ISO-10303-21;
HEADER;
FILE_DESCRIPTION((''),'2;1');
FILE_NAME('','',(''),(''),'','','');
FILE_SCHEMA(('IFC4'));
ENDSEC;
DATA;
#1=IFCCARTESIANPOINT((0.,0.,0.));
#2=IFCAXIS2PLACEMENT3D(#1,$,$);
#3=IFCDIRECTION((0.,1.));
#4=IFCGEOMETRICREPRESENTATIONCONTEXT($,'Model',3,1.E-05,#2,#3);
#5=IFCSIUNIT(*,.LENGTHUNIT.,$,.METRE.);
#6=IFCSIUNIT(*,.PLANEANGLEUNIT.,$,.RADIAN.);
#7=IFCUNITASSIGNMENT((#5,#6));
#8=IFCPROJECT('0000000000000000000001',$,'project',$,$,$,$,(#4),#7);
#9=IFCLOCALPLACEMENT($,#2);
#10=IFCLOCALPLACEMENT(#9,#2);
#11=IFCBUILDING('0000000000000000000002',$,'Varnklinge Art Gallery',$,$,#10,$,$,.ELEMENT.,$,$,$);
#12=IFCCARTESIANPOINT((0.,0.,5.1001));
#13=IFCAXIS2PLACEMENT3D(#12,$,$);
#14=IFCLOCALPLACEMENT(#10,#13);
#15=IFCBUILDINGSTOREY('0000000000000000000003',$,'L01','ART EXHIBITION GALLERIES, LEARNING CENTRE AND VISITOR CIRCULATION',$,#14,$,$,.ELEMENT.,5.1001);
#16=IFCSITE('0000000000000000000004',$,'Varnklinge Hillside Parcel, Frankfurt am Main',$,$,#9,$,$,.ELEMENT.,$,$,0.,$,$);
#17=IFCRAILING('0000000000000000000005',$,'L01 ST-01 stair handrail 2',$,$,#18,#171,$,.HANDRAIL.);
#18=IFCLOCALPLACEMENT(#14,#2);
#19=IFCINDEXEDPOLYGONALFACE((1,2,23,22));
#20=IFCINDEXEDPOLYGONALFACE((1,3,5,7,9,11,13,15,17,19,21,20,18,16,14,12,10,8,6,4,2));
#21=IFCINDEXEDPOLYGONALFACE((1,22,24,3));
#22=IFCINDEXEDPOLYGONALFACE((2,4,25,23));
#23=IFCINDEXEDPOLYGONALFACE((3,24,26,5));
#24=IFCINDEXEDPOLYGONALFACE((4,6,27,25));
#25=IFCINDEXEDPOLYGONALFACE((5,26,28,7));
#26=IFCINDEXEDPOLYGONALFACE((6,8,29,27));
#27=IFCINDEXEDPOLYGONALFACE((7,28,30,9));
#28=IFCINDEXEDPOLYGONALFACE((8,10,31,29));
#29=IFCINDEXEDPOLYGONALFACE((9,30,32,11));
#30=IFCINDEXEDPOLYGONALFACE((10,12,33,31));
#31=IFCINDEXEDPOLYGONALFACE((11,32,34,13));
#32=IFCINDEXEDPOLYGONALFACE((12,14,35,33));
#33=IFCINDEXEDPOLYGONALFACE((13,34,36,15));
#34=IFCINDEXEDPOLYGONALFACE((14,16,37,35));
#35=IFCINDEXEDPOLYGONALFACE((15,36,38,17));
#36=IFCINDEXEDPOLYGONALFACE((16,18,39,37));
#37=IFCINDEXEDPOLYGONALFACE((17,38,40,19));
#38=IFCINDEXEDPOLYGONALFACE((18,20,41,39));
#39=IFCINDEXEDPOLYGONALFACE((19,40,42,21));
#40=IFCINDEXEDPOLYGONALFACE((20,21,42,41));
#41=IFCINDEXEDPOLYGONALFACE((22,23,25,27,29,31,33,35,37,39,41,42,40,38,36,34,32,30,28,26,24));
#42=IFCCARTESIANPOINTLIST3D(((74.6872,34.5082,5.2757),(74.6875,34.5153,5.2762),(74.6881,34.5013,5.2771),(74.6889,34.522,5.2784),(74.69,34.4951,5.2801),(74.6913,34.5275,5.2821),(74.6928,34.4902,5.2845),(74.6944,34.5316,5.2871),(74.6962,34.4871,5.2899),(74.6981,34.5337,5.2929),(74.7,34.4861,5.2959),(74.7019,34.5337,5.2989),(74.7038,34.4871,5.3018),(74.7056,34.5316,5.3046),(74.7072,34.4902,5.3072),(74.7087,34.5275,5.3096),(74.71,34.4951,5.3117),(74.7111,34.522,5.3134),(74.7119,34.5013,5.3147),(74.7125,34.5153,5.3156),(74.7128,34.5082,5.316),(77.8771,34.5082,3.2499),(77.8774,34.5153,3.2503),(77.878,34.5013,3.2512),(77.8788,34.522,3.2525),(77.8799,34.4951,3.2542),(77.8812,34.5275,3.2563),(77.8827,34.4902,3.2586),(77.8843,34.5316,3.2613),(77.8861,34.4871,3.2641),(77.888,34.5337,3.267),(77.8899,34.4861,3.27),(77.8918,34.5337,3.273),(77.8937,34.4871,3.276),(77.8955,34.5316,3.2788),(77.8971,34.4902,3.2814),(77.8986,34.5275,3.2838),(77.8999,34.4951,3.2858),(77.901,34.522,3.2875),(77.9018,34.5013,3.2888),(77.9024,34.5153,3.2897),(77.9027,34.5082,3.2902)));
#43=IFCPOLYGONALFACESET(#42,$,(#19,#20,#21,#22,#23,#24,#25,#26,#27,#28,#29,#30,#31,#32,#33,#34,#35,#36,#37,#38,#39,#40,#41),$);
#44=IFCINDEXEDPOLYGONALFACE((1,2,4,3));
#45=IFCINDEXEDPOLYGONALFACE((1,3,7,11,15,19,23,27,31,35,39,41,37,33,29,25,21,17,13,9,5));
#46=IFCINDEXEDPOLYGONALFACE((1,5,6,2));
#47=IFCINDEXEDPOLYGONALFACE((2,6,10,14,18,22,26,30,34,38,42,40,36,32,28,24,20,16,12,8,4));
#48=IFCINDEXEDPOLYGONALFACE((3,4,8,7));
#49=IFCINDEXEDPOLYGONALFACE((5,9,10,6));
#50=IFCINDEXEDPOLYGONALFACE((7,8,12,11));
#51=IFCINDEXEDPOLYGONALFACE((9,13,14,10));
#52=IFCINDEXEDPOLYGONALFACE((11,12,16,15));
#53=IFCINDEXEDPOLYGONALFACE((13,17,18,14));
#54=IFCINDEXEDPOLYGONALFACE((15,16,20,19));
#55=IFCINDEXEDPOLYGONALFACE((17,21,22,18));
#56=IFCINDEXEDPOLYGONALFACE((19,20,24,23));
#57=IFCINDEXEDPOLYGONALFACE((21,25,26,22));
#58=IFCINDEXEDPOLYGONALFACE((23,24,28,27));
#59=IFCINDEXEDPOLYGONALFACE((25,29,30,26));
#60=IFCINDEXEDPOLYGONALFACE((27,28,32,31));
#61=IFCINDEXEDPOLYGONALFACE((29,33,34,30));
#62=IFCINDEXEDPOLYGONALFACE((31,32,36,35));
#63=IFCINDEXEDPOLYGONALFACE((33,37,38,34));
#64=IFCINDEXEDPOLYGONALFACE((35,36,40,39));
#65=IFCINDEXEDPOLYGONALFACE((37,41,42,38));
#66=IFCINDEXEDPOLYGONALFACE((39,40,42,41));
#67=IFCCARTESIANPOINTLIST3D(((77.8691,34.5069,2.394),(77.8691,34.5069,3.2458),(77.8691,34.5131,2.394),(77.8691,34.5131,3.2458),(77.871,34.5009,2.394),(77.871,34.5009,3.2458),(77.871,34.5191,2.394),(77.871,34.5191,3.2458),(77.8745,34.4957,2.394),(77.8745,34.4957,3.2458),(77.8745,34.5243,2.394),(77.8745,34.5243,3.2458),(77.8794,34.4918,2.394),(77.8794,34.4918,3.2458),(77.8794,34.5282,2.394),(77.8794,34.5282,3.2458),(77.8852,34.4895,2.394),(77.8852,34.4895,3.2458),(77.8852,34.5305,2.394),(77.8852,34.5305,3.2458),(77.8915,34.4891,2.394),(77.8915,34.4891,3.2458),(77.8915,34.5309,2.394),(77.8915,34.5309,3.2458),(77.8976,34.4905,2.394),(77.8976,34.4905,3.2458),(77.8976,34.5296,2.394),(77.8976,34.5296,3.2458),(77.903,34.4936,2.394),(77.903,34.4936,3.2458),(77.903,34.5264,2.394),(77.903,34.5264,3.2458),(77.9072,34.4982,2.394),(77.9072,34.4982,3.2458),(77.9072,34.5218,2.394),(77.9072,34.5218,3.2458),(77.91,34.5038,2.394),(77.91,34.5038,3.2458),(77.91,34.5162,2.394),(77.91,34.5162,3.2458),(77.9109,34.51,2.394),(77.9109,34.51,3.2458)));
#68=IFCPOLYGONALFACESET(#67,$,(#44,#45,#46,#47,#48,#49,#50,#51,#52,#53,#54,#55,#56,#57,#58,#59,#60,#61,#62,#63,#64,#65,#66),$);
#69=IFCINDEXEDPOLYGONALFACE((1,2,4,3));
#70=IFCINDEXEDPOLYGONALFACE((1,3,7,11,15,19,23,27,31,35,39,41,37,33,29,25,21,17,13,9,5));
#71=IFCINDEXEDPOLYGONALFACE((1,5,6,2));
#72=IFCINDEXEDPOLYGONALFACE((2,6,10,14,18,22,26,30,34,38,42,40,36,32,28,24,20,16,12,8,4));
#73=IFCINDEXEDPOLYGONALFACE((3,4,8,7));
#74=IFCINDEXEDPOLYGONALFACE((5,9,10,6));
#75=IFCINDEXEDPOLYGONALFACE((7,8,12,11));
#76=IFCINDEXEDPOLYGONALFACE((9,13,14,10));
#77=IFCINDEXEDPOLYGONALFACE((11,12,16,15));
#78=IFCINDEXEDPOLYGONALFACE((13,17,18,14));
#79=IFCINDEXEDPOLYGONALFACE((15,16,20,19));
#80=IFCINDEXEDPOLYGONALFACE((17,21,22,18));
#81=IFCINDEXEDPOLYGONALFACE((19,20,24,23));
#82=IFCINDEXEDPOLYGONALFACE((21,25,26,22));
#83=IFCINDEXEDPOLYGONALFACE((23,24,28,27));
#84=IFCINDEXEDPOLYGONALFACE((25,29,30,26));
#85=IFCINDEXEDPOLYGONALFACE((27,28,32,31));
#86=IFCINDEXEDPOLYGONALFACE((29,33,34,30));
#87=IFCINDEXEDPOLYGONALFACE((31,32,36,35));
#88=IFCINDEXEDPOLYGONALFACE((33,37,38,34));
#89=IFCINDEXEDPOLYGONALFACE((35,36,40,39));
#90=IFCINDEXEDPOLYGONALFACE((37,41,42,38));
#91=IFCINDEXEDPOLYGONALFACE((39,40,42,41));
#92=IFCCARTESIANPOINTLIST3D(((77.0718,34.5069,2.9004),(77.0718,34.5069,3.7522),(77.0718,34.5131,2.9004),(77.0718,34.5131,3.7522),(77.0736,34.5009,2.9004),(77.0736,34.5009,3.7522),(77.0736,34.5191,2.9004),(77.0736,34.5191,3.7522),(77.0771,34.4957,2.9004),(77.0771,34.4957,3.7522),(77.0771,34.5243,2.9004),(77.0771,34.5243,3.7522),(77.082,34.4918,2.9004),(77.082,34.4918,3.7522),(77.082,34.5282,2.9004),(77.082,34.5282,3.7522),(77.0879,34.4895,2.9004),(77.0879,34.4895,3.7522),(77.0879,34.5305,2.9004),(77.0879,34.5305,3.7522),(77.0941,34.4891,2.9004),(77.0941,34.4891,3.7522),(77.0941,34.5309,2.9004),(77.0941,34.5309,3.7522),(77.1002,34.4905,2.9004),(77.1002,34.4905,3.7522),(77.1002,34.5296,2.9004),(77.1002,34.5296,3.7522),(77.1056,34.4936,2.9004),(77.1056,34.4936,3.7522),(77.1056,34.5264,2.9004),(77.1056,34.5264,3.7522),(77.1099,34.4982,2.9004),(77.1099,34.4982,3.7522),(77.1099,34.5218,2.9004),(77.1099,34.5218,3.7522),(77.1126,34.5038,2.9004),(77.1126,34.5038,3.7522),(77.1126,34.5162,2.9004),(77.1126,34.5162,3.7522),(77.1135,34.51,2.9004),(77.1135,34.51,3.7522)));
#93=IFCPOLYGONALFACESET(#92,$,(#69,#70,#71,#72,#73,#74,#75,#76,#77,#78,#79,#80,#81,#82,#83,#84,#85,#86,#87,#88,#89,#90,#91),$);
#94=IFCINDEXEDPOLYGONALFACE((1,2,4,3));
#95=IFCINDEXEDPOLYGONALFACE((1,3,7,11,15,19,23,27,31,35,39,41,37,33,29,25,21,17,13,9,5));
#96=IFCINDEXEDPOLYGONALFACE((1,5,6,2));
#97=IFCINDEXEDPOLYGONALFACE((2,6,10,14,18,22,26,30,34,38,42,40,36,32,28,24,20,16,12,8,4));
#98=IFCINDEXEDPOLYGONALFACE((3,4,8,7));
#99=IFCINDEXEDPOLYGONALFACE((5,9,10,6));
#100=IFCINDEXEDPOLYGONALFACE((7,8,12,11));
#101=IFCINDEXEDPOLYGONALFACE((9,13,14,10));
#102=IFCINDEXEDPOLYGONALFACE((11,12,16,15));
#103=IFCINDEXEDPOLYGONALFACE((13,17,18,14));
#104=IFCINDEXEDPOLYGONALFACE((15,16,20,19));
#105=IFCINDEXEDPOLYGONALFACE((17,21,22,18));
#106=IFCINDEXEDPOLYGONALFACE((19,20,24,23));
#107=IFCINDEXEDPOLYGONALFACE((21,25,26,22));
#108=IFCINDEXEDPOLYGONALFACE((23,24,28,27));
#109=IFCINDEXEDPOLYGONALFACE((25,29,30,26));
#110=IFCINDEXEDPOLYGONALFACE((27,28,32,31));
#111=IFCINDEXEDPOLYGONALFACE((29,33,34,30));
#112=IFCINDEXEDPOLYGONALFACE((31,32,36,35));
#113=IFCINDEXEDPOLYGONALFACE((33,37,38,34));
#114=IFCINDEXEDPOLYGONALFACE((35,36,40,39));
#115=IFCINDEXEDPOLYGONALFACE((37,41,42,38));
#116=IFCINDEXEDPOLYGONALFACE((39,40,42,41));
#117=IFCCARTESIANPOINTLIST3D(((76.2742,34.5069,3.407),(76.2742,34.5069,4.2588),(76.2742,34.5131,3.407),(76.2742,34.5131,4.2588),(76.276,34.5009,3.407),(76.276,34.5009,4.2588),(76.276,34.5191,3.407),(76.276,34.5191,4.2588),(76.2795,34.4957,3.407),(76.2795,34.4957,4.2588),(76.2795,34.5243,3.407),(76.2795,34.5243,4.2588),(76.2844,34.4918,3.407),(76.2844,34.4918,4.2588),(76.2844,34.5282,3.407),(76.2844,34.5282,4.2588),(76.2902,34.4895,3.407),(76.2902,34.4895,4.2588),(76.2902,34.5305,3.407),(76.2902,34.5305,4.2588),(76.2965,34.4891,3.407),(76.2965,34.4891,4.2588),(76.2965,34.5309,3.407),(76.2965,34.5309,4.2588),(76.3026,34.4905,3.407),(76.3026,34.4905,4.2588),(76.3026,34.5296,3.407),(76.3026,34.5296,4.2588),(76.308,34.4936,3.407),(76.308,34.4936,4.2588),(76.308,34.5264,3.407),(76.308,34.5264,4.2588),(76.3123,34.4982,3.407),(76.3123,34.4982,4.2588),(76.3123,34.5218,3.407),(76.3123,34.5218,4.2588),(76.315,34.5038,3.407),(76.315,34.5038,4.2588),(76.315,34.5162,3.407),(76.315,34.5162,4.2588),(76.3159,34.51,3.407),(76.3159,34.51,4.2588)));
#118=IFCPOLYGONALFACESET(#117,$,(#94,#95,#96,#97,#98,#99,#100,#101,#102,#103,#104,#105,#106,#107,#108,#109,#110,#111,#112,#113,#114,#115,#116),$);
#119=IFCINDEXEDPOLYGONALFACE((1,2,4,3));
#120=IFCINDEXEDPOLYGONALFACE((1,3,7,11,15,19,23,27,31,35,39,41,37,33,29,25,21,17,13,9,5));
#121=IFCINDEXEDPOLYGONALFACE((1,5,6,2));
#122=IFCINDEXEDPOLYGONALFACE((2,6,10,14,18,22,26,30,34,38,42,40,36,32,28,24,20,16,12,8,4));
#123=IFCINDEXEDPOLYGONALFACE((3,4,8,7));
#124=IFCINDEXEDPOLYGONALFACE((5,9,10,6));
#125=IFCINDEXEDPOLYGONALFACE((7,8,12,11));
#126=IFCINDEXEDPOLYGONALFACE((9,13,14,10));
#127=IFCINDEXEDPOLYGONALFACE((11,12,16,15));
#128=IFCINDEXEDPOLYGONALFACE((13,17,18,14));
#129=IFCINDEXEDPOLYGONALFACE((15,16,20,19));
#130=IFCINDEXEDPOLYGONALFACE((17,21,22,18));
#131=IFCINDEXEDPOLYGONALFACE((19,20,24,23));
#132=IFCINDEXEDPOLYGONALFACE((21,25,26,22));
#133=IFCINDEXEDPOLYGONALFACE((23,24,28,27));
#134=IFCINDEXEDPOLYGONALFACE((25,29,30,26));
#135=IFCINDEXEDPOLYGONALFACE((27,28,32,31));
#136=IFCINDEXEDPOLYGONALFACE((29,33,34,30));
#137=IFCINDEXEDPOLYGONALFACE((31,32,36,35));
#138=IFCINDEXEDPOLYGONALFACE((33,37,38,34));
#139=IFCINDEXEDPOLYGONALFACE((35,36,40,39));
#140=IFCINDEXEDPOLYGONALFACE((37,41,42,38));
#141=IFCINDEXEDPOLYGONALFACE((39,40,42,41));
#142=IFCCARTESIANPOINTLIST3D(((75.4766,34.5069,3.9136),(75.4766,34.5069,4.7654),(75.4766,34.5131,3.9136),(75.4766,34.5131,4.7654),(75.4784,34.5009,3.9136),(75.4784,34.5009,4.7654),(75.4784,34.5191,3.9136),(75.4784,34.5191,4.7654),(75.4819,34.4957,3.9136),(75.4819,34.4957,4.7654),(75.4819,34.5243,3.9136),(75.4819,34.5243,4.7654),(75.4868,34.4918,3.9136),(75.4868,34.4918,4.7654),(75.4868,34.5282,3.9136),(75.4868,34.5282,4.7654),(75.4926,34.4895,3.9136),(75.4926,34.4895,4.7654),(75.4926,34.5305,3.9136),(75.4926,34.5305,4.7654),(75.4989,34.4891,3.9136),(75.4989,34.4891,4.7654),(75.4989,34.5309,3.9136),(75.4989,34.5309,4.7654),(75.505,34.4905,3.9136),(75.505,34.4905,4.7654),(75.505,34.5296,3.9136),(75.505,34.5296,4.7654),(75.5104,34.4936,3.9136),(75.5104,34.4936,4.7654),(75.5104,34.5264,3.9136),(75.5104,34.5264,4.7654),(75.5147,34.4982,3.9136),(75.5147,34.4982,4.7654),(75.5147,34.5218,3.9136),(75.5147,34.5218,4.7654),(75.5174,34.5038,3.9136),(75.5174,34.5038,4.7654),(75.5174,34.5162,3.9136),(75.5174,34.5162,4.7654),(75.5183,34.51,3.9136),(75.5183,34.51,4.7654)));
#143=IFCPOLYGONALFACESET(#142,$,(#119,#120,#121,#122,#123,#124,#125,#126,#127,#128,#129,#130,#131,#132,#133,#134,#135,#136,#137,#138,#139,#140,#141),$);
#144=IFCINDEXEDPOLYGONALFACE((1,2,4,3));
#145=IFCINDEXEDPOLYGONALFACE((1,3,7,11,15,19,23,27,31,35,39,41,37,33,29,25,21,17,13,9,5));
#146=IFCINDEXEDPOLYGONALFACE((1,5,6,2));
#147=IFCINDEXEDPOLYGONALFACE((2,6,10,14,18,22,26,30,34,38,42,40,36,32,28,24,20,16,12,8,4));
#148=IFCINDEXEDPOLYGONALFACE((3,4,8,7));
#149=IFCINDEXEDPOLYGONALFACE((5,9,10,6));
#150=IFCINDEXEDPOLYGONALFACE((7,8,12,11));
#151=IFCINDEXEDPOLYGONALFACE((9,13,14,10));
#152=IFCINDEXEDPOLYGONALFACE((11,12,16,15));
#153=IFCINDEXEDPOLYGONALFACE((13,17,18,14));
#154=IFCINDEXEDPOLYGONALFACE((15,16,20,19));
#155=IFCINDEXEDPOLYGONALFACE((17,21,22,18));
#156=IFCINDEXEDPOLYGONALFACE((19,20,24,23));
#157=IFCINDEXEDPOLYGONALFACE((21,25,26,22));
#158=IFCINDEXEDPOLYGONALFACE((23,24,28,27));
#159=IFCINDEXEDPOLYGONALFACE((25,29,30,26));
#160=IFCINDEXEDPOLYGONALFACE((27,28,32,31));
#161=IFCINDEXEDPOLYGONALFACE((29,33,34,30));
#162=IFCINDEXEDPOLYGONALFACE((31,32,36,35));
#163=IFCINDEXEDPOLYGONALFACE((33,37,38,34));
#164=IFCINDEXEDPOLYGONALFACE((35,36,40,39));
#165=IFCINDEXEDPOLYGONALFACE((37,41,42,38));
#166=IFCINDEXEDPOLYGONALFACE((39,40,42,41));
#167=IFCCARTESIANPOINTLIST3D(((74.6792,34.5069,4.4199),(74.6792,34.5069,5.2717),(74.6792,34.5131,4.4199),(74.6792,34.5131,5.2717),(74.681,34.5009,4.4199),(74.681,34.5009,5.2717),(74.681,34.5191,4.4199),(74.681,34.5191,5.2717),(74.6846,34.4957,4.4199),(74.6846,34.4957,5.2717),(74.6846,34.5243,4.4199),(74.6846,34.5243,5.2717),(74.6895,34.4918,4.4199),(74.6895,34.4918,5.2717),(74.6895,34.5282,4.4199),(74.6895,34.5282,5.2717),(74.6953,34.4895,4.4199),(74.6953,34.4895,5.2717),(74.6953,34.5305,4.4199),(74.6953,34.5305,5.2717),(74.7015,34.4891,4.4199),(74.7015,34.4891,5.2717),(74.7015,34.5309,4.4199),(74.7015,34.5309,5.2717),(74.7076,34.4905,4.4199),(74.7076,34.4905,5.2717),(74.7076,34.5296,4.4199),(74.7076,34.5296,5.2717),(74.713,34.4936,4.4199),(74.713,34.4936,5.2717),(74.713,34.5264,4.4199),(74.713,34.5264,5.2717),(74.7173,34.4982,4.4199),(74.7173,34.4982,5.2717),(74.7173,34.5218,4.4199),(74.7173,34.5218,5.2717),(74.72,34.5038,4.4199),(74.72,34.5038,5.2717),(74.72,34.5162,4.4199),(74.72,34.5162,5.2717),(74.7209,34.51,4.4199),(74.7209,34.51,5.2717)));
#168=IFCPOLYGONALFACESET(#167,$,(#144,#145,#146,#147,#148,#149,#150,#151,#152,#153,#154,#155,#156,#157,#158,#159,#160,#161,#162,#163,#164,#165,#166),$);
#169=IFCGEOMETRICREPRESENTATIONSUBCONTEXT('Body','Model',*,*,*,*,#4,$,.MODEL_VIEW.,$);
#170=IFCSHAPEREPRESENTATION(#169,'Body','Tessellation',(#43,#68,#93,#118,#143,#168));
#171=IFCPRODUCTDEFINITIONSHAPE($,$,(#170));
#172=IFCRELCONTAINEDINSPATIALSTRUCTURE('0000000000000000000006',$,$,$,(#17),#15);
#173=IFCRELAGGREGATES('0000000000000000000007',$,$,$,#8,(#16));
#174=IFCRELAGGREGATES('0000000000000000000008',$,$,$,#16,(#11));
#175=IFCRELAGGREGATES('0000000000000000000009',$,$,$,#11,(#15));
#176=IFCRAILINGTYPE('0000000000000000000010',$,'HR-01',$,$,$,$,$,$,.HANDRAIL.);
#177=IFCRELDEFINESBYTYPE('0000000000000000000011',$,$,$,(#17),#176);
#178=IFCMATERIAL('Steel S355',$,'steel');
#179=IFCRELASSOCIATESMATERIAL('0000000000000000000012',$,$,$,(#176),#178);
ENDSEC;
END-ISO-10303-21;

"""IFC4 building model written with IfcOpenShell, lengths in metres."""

from ifc_helpers import new_model, si_unit, direction, frame, origin, origin_2d, place, context, subcontext, project, spatial, circle, extrude, material, type_object, element, save


model = new_model("IFC4")

# Units and contexts
model_context = context("Model", 3, precision=1e-05, world=origin(), true_north=direction((0.0, 1.0)))
body_context = subcontext(model_context, "Body", "Model", "MODEL_VIEW")
ifc_project = project(units=[si_unit("LENGTHUNIT", "METRE"), si_unit("PLANEANGLEUNIT", "RADIAN")], contexts=[model_context])

# Site, building, storey
site_placement = place(None, origin())
site = spatial("IfcSite", under=ifc_project, at=site_placement, Name="Varnklinge Hillside Parcel, Frankfurt am Main", CompositionType="ELEMENT", RefElevation=0.0)
building_placement = place(site_placement, origin())
building = spatial("IfcBuilding", under=site, at=building_placement, Name="Varnklinge Art Gallery", CompositionType="ELEMENT")
storey_placement = place(building_placement, frame((0.0, 0.0, 5.1001)))
storey = spatial("IfcBuildingStorey", under=building, at=storey_placement, Name="L01", Description="ART EXHIBITION GALLERIES, LEARNING CENTRE AND VISITOR CIRCULATION", CompositionType="ELEMENT", Elevation=5.1001)

# Railing
ifc_material_1 = material(Name="Steel S355", Category="steel")
railing_type_1 = type_object("IfcRailingType", Name="HR-01", PredefinedType="HANDRAIL", material=ifc_material_1)
railing_1_placement = place(storey_placement, frame((77.8899, 34.51, 2.394)))
element("IfcRailing", 1, at=railing_1_placement, inside=storey, type_object=railing_type_1, Name="L01 ST-01 stair handrail 2", PredefinedType="HANDRAIL", context=body_context, shape_type="SweptSolid", body=[
    extrude(circle(Radius=0.0239, at=origin_2d()), frame((0.0, 0.0, 0.876), z_axis=(-0.844151, 0.0, 0.536106), x_axis=(0.0, -1.0, 0.0)), (0.0, 0.0, 1.0), 3.7788),
    extrude(circle(Radius=0.021, at=origin_2d()), origin(), (0.0, 0.0, 1.0), 0.8518),
    extrude(circle(Radius=0.021, at=origin_2d()), frame((-0.7974, 0.0, 0.5063)), (0.0, 0.0, 1.0), 0.8518),
    extrude(circle(Radius=0.021, at=origin_2d()), frame((-1.595, 0.0, 1.0129)), (0.0, 0.0, 1.0), 0.8518),
    extrude(circle(Radius=0.021, at=origin_2d()), frame((-2.3926, 0.0, 1.5195)), (0.0, 0.0, 1.0), 0.8518),
    extrude(circle(Radius=0.021, at=origin_2d()), frame((-3.1899, 0.0, 2.0259)), (0.0, 0.0, 1.0), 0.8518),
])

save(model, "model.ifc")
